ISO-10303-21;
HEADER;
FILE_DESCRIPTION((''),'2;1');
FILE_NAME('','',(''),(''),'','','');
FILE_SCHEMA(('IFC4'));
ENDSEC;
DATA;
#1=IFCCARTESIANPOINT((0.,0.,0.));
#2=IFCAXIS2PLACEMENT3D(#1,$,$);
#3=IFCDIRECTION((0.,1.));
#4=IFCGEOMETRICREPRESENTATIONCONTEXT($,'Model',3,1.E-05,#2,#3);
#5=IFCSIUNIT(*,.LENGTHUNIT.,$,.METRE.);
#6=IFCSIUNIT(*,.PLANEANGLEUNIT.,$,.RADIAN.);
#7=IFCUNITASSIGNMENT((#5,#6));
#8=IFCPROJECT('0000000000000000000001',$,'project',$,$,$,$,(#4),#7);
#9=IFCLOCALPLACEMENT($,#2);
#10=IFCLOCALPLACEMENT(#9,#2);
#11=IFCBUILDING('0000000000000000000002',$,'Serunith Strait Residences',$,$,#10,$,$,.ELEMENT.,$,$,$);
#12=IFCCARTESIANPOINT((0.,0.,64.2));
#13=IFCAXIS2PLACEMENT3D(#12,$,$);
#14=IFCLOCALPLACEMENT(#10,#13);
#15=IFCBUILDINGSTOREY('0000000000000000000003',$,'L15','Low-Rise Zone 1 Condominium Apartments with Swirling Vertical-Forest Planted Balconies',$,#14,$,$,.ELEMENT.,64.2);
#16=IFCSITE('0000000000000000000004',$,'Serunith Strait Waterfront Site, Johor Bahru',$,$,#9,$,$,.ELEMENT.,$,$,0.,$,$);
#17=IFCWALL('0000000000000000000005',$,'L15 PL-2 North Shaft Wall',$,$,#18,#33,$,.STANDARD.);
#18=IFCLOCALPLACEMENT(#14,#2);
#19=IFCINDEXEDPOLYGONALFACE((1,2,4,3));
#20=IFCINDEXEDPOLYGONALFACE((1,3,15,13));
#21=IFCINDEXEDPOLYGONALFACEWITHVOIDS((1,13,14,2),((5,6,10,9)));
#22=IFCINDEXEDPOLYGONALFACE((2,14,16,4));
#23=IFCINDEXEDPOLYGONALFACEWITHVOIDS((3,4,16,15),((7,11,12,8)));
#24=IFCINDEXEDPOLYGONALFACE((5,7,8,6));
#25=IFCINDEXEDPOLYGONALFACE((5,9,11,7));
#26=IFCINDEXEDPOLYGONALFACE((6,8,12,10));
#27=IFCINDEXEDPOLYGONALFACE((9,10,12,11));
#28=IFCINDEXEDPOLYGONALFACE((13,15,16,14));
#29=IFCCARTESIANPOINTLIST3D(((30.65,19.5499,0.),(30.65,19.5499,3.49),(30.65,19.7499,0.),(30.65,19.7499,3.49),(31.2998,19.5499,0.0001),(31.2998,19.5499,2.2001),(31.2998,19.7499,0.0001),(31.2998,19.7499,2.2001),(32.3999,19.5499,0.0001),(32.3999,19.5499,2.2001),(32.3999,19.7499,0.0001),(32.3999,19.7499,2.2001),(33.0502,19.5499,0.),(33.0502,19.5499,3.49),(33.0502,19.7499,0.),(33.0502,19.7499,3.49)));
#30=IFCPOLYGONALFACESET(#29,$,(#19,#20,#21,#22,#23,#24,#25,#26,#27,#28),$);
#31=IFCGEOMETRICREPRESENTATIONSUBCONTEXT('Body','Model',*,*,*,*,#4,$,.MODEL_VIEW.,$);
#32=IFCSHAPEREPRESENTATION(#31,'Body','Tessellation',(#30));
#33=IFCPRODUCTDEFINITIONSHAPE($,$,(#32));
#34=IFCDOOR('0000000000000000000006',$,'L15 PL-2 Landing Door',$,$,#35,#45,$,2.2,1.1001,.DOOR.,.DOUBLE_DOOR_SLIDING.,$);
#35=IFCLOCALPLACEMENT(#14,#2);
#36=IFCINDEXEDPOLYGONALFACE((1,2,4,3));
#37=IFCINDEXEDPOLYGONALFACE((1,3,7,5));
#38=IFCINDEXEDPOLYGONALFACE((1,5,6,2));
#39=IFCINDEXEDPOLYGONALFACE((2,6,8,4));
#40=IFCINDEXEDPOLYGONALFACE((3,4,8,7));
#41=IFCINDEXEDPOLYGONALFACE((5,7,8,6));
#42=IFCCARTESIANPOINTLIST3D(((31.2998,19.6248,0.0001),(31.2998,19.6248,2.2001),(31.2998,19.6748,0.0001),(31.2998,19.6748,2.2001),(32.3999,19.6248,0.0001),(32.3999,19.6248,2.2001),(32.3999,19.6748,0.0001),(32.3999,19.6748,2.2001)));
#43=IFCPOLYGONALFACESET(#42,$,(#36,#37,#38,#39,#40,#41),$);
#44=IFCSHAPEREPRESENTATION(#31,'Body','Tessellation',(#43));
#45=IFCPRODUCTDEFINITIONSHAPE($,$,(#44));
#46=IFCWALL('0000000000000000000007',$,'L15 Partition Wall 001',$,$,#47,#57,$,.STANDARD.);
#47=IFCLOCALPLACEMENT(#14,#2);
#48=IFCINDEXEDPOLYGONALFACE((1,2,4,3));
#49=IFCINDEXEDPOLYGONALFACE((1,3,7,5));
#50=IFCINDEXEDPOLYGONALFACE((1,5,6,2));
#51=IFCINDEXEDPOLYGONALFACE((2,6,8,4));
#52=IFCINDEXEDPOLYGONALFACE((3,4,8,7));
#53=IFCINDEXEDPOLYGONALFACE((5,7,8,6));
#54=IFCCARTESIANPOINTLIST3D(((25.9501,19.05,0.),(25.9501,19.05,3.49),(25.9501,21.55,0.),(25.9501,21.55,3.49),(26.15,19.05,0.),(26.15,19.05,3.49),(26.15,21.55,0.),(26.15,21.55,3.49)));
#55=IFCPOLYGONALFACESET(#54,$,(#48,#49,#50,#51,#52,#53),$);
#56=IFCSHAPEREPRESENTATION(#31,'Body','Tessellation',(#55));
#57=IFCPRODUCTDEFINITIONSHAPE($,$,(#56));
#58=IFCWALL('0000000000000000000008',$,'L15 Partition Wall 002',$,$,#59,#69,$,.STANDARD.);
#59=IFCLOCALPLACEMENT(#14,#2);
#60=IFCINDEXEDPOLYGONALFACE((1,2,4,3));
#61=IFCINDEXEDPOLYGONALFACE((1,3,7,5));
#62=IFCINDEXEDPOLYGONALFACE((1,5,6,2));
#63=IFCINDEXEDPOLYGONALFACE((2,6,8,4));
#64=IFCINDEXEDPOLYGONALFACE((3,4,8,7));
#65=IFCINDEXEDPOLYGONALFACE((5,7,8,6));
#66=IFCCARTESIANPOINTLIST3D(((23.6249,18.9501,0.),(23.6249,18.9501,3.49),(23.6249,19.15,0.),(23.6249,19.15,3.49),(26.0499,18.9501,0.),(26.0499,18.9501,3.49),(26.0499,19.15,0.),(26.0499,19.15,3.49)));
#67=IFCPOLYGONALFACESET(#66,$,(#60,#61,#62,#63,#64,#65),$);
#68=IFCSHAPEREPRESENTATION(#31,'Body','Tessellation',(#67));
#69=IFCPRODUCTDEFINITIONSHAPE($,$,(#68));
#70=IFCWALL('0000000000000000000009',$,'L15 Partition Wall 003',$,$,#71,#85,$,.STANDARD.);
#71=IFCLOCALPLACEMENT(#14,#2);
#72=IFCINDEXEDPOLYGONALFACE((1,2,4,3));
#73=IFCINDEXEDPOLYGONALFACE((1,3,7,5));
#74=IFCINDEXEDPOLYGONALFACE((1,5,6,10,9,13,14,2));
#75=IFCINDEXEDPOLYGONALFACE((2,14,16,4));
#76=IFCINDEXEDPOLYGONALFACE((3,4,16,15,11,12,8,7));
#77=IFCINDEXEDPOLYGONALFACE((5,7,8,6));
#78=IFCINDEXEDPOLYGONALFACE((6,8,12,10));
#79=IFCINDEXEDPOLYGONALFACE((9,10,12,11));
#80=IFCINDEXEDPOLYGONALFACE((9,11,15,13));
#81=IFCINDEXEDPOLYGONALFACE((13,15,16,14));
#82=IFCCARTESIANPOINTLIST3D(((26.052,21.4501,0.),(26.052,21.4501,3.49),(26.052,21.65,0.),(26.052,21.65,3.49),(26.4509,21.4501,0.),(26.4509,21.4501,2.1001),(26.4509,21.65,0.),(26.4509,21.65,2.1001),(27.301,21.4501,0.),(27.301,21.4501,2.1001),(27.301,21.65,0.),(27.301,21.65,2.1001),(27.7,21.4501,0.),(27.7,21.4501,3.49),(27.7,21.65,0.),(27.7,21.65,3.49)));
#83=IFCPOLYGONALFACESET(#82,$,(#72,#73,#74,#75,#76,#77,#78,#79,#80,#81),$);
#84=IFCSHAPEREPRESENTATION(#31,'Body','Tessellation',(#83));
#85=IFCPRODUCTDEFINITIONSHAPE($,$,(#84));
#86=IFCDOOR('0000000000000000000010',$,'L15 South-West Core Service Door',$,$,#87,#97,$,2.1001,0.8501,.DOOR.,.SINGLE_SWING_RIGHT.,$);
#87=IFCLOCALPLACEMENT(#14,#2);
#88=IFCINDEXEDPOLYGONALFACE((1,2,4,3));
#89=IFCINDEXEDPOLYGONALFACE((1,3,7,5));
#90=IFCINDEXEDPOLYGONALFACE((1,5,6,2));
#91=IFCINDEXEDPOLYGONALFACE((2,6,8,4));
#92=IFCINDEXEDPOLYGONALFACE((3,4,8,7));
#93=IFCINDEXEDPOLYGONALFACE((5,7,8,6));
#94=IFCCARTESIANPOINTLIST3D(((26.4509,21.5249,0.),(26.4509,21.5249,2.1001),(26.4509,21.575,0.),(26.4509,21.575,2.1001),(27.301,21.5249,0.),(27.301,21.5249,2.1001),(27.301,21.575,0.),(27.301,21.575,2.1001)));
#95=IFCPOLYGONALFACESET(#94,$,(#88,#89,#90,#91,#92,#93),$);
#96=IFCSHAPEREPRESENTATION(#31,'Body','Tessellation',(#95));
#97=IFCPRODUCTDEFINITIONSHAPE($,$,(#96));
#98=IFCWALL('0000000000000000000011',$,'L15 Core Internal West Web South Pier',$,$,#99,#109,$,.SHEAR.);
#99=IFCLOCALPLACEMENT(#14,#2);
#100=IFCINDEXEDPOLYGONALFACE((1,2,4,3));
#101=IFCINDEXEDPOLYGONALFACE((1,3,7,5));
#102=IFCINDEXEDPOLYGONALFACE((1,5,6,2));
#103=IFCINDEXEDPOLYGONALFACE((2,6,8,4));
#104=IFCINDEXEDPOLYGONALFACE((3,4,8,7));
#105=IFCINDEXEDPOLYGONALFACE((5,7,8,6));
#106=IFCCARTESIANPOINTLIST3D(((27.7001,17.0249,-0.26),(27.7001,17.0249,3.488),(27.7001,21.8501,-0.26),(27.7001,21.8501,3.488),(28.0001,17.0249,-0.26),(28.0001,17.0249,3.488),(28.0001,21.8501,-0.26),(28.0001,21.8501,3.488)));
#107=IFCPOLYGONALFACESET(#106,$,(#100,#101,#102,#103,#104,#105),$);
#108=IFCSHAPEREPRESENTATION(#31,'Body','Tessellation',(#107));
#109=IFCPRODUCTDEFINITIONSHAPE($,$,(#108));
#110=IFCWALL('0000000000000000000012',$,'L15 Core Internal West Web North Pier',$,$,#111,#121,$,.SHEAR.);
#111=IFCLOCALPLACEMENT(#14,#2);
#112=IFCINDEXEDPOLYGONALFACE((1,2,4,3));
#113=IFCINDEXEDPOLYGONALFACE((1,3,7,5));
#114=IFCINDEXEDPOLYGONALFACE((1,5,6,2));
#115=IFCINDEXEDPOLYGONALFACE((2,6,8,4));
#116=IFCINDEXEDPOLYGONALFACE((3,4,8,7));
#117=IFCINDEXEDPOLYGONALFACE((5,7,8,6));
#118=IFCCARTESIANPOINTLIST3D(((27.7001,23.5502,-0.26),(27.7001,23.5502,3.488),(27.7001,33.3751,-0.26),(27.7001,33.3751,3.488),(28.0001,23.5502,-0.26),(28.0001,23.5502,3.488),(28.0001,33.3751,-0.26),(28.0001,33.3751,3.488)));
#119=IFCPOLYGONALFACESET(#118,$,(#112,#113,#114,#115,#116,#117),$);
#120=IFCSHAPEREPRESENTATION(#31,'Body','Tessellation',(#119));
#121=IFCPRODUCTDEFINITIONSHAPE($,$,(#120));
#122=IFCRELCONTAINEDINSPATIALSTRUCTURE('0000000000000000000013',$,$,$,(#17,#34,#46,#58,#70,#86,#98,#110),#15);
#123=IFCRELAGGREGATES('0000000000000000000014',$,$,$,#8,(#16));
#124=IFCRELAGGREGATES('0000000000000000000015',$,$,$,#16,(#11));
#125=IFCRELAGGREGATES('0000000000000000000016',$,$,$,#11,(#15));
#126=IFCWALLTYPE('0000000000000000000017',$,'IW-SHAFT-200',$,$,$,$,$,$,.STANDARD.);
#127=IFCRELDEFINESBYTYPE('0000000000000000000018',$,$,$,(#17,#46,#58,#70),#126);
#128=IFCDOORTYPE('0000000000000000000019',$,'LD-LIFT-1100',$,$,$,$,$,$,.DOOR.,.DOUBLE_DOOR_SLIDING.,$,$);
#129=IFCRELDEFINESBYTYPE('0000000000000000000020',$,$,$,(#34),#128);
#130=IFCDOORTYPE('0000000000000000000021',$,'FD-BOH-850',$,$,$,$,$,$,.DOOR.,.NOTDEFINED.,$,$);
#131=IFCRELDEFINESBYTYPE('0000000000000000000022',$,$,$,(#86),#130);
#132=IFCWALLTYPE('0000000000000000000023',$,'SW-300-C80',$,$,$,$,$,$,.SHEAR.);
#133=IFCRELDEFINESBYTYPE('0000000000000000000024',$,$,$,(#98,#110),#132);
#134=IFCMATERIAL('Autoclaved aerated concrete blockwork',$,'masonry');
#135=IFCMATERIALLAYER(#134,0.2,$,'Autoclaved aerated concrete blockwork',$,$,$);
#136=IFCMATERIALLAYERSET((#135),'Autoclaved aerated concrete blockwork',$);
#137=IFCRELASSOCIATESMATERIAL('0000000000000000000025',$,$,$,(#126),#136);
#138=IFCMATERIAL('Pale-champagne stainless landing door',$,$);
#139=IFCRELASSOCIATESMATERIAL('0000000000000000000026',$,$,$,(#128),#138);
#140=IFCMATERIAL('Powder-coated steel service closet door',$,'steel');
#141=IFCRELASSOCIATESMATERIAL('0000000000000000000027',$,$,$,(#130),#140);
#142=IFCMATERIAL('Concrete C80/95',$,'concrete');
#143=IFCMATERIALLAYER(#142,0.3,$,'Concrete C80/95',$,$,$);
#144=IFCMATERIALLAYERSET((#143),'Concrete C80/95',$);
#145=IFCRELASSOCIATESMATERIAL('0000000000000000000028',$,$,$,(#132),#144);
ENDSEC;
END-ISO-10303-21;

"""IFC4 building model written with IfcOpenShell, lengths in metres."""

from ifc_helpers import new_model, si_unit, direction, frame, frame_2d, origin, place, context, subcontext, project, spatial, rectangle, extrude, source, transform, mapped, material, layer, layer_set, type_object, element, fill, save


model = new_model("IFC4")

# Units and contexts
model_context = context("Model", 3, precision=1e-05, world=origin(), true_north=direction((0.0, 1.0)))
body_context = subcontext(model_context, "Body", "Model", "MODEL_VIEW")
ifc_project = project(units=[si_unit("LENGTHUNIT", "METRE"), si_unit("PLANEANGLEUNIT", "RADIAN")], contexts=[model_context])

# Site, building, storey
site_placement = place(None, origin())
site = spatial("IfcSite", under=ifc_project, at=site_placement, Name="Serunith Strait Waterfront Site, Johor Bahru", CompositionType="ELEMENT", RefElevation=0.0)
building_placement = place(site_placement, origin())
building = spatial("IfcBuilding", under=site, at=building_placement, Name="Serunith Strait Residences", CompositionType="ELEMENT")
storey_placement = place(building_placement, frame((0.0, 0.0, 64.2)))
storey = spatial("IfcBuildingStorey", under=building, at=storey_placement, Name="L15", Description="Low-Rise Zone 1 Condominium Apartments with Swirling Vertical-Forest Planted Balconies", CompositionType="ELEMENT", Elevation=64.2)

# Shared definitions
shared_shape_1 = source(origin(), body_context, "Body", "SweptSolid", [
    extrude(rectangle(XDim=0.8501, YDim=2.1001, at=frame_2d((0.425, 1.05))), frame((0.0, 0.0249, 0.0), z_axis=(0.0, -1.0, 0.0), x_axis=(1.0, 0.0, 0.0)), (0.0, 0.0, 1.0), 0.05),
])
ifc_material_1 = material(Name="Autoclaved aerated concrete blockwork", Category="masonry")
ifc_layer_1 = layer(ifc_material_1, 0.2, Name="Autoclaved aerated concrete blockwork")
ifc_layer_set_1 = layer_set([ifc_layer_1], Name="Autoclaved aerated concrete blockwork")
wall_type_1 = type_object("IfcWallType", Name="IW-SHAFT-200", PredefinedType="STANDARD", material=ifc_layer_set_1)
ifc_material_2 = material(Name="Pale-champagne stainless landing door")
door_type_1 = type_object("IfcDoorType", Name="LD-LIFT-1100", OperationType="DOUBLE_DOOR_SLIDING", PredefinedType="DOOR", material=ifc_material_2)
shared_shape_2 = source(origin(), body_context, "Body", "SweptSolid", [
    extrude(rectangle(XDim=1.1001, YDim=2.2, at=frame_2d((0.55, 1.1001))), frame((0.0, 0.0249, 0.0), z_axis=(0.0, -1.0, 0.0), x_axis=(1.0, 0.0, 0.0)), (0.0, 0.0, 1.0), 0.05),
])

# Wall, opening, door
wall_1_placement = place(storey_placement, frame((30.6499, 19.6499, 0.0), z_axis=(0.0, 0.0, 1.0), x_axis=(1.0, 0.0, 0.0)))
wall_1 = element("IfcWall", 1, at=wall_1_placement, inside=storey, type_object=wall_type_1, Name="L15 PL-2 North Shaft Wall", PredefinedType="STANDARD", context=body_context, shape_type="SweptSolid", body=[
    extrude(rectangle(XDim=2.4001, YDim=0.2, at=frame_2d((1.2002, 0.0))), origin(), (0.0, 0.0, 1.0), 3.49),
])
opening_1_placement = place(wall_1_placement, frame((0.6499, 0.0, 0.0)))
opening_1 = element("IfcOpeningElement", 2, at=opening_1_placement, cuts=wall_1, PredefinedType="OPENING", context=body_context, shape_type="SweptSolid", body=[
    extrude(rectangle(XDim=1.1001, YDim=2.2, at=frame_2d((0.55, 1.1001))), frame((0.0, 0.1099, 0.0), z_axis=(0.0, -1.0, 0.0), x_axis=(1.0, 0.0, 0.0)), (0.0, 0.0, 1.0), 0.22),
])
door_1_placement = place(opening_1_placement, origin())
door_1 = element("IfcDoor", 3, at=door_1_placement, inside=storey, type_object=door_type_1, Name="L15 PL-2 Landing Door", OperationType="DOUBLE_DOOR_SLIDING", OverallHeight=2.2, OverallWidth=1.1001, PredefinedType="DOOR", context=body_context, shape_type="MappedRepresentation", body=[
    mapped(shared_shape_2, transform((0.0, 0.0, 0.0), scale=1.0)),
])
fill(opening_1, door_1)

# Walls
wall_2_placement = place(storey_placement, frame((26.05, 19.05, 0.0), z_axis=(0.0, 0.0, 1.0), x_axis=(0.0, 1.0, 0.0)))
element("IfcWall", 4, at=wall_2_placement, inside=storey, type_object=wall_type_1, Name="L15 Partition Wall 001", PredefinedType="STANDARD", context=body_context, shape_type="SweptSolid", body=[
    extrude(rectangle(XDim=2.5, YDim=0.2, at=frame_2d((1.25, 0.0))), origin(), (0.0, 0.0, 1.0), 3.49),
])
wall_3_placement = place(storey_placement, frame((23.625, 19.05, 0.0), z_axis=(0.0, 0.0, 1.0), x_axis=(1.0, 0.0, 0.0)))
element("IfcWall", 5, at=wall_3_placement, inside=storey, type_object=wall_type_1, Name="L15 Partition Wall 002", PredefinedType="STANDARD", context=body_context, shape_type="SweptSolid", body=[
    extrude(rectangle(XDim=2.425, YDim=0.2, at=frame_2d((1.2124, 0.0))), origin(), (0.0, 0.0, 1.0), 3.49),
])

# Wall, opening, door
wall_4_placement = place(storey_placement, frame((26.052, 21.55, 0.0), z_axis=(0.0, 0.0, 1.0), x_axis=(1.0, 0.0, 0.0)))
wall_4 = element("IfcWall", 6, at=wall_4_placement, inside=storey, type_object=wall_type_1, Name="L15 Partition Wall 003", PredefinedType="STANDARD", context=body_context, shape_type="SweptSolid", body=[
    extrude(rectangle(XDim=1.6479, YDim=0.2, at=frame_2d((0.824, 0.0))), origin(), (0.0, 0.0, 1.0), 3.49),
])
opening_2_placement = place(wall_4_placement, frame((0.3989, 0.0, 0.0)))
opening_2 = element("IfcOpeningElement", 7, at=opening_2_placement, cuts=wall_4, PredefinedType="OPENING", context=body_context, shape_type="SweptSolid", body=[
    extrude(rectangle(XDim=0.8501, YDim=2.1001, at=frame_2d((0.425, 1.05))), frame((0.0, 0.1099, 0.0), z_axis=(0.0, -1.0, 0.0), x_axis=(1.0, 0.0, 0.0)), (0.0, 0.0, 1.0), 0.22),
])
ifc_material_3 = material(Name="Powder-coated steel service closet door", Category="steel")
door_type_2 = type_object("IfcDoorType", Name="FD-BOH-850", OperationType="NOTDEFINED", PredefinedType="DOOR", material=ifc_material_3)
door_2_placement = place(opening_2_placement, origin())
door_2 = element("IfcDoor", 8, at=door_2_placement, inside=storey, type_object=door_type_2, Name="L15 South-West Core Service Door", OperationType="SINGLE_SWING_RIGHT", OverallHeight=2.1001, OverallWidth=0.8501, PredefinedType="DOOR", context=body_context, shape_type="MappedRepresentation", body=[
    mapped(shared_shape_1, transform((0.0, 0.0, 0.0), scale=1.0)),
])
fill(opening_2, door_2)

# Walls
ifc_material_4 = material(Name="Concrete C80/95", Category="concrete")
ifc_layer_2 = layer(ifc_material_4, 0.3, Name="Concrete C80/95")
ifc_layer_set_2 = layer_set([ifc_layer_2], Name="Concrete C80/95")
wall_type_2 = type_object("IfcWallType", Name="SW-300-C80", PredefinedType="SHEAR", material=ifc_layer_set_2)
wall_5_placement = place(storey_placement, frame((27.8501, 17.0249, -0.26), z_axis=(0.0, 0.0, 1.0), x_axis=(0.0, 1.0, 0.0)))
element("IfcWall", 9, at=wall_5_placement, inside=storey, type_object=wall_type_2, Name="L15 Core Internal West Web South Pier", PredefinedType="SHEAR", context=body_context, shape_type="SweptSolid", body=[
    extrude(rectangle(XDim=4.8252, YDim=0.3, at=frame_2d((2.4126, 0.0))), origin(), (0.0, 0.0, 1.0), 3.748),
])
wall_6_placement = place(storey_placement, frame((27.8501, 23.55, -0.26), z_axis=(0.0, 0.0, 1.0), x_axis=(0.0, 1.0, 0.0)))
element("IfcWall", 10, at=wall_6_placement, inside=storey, type_object=wall_type_2, Name="L15 Core Internal West Web North Pier", PredefinedType="SHEAR", context=body_context, shape_type="SweptSolid", body=[
    extrude(rectangle(XDim=9.825, YDim=0.3, at=frame_2d((4.9126, 0.0))), origin(), (0.0, 0.0, 1.0), 3.748),
])

save(model, "model.ifc")
